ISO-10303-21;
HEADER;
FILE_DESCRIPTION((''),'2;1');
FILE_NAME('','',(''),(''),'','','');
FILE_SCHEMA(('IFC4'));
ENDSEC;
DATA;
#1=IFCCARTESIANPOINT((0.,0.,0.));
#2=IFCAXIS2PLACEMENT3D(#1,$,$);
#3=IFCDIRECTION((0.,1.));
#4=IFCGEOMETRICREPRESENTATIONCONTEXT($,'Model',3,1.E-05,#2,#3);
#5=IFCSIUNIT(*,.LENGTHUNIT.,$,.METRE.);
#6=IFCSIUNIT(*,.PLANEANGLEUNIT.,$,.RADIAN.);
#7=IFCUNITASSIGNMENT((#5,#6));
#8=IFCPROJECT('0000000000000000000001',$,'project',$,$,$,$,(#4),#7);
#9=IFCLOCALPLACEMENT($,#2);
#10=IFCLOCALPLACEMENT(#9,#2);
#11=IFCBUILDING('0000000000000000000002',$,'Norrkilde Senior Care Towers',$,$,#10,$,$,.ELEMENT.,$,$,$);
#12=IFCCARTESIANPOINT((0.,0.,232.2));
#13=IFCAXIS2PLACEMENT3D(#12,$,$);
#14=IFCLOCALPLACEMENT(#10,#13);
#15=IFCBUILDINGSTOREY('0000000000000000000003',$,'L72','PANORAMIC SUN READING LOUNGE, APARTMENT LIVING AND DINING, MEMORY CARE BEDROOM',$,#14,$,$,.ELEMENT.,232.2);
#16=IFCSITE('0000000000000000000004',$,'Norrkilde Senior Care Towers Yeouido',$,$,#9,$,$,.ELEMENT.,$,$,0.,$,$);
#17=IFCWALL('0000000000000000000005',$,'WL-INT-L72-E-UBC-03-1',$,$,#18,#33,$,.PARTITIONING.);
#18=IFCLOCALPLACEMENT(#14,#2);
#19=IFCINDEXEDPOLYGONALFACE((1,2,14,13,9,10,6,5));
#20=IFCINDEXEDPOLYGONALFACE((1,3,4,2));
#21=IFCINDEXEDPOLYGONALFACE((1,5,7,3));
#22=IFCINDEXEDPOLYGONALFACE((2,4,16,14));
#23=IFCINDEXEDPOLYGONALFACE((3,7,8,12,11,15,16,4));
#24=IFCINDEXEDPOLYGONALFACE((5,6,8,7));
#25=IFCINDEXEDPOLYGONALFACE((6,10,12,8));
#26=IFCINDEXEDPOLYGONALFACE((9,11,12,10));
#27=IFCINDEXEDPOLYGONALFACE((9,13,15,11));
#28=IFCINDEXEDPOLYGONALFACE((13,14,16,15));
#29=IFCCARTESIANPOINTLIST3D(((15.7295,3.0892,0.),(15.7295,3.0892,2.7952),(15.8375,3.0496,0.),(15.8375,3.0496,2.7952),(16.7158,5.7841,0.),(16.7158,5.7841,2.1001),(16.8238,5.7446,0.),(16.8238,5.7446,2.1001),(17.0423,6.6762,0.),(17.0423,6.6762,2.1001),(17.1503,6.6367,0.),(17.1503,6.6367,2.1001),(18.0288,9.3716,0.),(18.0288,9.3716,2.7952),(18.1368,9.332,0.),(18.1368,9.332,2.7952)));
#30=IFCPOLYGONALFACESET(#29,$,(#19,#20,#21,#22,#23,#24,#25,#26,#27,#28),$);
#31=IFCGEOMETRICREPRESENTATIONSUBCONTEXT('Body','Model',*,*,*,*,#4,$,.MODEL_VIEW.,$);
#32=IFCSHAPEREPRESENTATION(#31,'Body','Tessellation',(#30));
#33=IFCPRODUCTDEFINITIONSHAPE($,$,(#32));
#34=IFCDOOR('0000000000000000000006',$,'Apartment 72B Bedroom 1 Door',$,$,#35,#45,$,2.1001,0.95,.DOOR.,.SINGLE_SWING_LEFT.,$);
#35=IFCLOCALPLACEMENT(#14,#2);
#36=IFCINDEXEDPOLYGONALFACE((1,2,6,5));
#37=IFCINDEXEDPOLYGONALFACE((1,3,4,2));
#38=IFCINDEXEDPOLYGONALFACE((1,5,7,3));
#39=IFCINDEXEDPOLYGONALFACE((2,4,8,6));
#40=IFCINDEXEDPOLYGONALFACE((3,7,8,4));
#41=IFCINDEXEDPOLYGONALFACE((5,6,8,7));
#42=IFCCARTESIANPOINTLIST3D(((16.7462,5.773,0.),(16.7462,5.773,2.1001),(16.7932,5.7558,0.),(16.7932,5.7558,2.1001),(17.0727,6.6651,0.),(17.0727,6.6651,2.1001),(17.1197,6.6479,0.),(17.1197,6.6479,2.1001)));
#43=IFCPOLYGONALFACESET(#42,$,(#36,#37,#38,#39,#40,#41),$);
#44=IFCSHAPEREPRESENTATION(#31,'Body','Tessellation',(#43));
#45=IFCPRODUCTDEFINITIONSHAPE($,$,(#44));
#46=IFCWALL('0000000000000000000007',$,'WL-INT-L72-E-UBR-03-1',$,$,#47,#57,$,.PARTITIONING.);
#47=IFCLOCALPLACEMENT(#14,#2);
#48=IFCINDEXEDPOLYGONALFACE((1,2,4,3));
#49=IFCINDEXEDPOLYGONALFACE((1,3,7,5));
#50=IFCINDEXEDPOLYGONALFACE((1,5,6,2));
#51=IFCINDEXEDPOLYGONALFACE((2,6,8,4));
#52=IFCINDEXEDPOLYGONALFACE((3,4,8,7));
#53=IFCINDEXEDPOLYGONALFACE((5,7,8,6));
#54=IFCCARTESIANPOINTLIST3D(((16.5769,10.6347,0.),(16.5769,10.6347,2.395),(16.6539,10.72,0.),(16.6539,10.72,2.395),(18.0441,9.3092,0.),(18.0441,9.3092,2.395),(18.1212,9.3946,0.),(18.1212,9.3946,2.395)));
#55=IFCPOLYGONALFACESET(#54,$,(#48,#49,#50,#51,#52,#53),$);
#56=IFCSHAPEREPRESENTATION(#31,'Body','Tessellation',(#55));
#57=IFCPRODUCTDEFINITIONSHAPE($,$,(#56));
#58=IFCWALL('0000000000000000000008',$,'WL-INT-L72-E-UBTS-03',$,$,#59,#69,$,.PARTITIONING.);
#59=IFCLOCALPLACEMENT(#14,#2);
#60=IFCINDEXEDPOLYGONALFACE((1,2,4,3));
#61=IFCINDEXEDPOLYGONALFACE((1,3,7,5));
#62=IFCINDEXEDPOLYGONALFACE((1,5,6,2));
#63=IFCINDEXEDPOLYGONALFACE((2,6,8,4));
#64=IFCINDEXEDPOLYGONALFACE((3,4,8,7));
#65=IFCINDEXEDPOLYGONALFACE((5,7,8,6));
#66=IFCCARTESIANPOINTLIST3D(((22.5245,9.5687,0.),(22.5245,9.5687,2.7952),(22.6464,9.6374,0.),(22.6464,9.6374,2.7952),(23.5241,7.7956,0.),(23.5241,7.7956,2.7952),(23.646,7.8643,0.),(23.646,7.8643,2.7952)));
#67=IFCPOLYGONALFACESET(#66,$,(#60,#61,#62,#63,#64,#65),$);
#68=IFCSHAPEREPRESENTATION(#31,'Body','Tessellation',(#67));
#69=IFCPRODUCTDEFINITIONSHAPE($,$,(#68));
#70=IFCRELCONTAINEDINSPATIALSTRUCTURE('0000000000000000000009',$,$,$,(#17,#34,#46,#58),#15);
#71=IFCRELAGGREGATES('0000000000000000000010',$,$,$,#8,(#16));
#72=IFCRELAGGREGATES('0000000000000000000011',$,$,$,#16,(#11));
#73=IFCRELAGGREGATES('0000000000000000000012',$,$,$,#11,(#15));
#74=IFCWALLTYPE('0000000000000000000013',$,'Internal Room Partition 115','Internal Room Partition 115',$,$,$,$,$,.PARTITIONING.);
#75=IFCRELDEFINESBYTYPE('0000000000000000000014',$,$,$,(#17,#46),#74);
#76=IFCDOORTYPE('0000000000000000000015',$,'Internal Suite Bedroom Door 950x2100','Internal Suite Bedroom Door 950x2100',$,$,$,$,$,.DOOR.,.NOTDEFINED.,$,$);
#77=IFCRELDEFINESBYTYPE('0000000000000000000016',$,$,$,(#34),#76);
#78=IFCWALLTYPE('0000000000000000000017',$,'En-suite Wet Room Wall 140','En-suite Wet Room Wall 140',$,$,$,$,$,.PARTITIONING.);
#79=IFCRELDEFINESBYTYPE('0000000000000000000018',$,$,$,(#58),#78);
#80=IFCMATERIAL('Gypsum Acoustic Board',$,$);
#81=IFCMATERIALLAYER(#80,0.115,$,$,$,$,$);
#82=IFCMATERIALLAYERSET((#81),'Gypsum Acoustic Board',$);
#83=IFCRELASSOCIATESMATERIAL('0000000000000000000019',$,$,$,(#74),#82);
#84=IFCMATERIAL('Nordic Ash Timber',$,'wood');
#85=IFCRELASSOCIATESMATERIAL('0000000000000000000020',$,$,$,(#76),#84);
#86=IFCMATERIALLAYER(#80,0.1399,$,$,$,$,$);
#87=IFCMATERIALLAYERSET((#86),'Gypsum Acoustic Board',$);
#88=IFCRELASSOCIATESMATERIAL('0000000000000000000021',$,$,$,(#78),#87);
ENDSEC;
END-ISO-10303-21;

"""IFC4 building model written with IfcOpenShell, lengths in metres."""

from ifc_helpers import new_model, si_unit, direction, frame, frame_2d, origin, place, context, subcontext, project, spatial, rectangle, extrude, source, transform, mapped, material, layer, layer_set, type_object, type_shapes, element, fill, save


model = new_model("IFC4")

# Units and contexts
model_context = context("Model", 3, precision=1e-05, world=origin(), true_north=direction((0.0, 1.0)))
body_context = subcontext(model_context, "Body", "Model", "MODEL_VIEW")
ifc_project = project(units=[si_unit("LENGTHUNIT", "METRE"), si_unit("PLANEANGLEUNIT", "RADIAN")], contexts=[model_context])

# Site, building, storey
site_placement = place(None, origin())
site = spatial("IfcSite", under=ifc_project, at=site_placement, Name="Norrkilde Senior Care Towers Yeouido", CompositionType="ELEMENT", RefElevation=0.0)
building_placement = place(site_placement, origin())
building = spatial("IfcBuilding", under=site, at=building_placement, Name="Norrkilde Senior Care Towers", CompositionType="ELEMENT")
storey_placement = place(building_placement, frame((0.0, 0.0, 232.2)))
storey = spatial("IfcBuildingStorey", under=building, at=storey_placement, Name="L72", Description="PANORAMIC SUN READING LOUNGE, APARTMENT LIVING AND DINING, MEMORY CARE BEDROOM", CompositionType="ELEMENT", Elevation=232.2)

# Shared definitions
ifc_material_1 = material(Name="Gypsum Acoustic Board")

# Shared definitions
ifc_material_2 = material(Name="Nordic Ash Timber", Category="wood")

# Wall, opening, door
ifc_layer_1 = layer(ifc_material_1, 0.115)
ifc_layer_set_1 = layer_set([ifc_layer_1], Name="Gypsum Acoustic Board")
wall_type_1 = type_object("IfcWallType", Name="Internal Room Partition 115", Description="Internal Room Partition 115", PredefinedType="PARTITIONING", material=ifc_layer_set_1)
shared_shape_1 = source(origin(), body_context, "Body", "SweptSolid", [
    extrude(rectangle(XDim=6.6899, YDim=0.115, at=frame_2d((3.345, 0.0))), origin(), (0.0, 0.0, 1.0), 2.7952),
])
wall_1_placement = place(storey_placement, frame((18.0828, 9.3518, 0.0), z_axis=(0.0, 0.0, 1.0), x_axis=(-0.343694, -0.939082, 0.0)))
wall_1 = element("IfcWall", 1, at=wall_1_placement, inside=storey, type_object=wall_type_1, Name="WL-INT-L72-E-UBC-03-1", PredefinedType="PARTITIONING", context=body_context, shape_type="MappedRepresentation", body=[
    mapped(shared_shape_1, transform((0.0, 0.0, 0.0), x_axis=(1.0, 0.0, 0.0), y_axis=(0.0, 1.0, 0.0), z_axis=(0.0, 0.0, 1.0), scale=1.0)),
])
opening_1_placement = place(wall_1_placement, frame((2.8701, 0.0, 0.0)))
opening_1 = element("IfcOpeningElement", 2, at=opening_1_placement, cuts=wall_1, PredefinedType="OPENING", context=body_context, shape_type="SweptSolid", body=[
    extrude(rectangle(XDim=0.95, YDim=2.1001, at=frame_2d((0.4751, 1.05))), frame((0.0, 0.0674, 0.0), z_axis=(0.0, -1.0, 0.0), x_axis=(1.0, 0.0, 0.0)), (0.0, 0.0, 1.0), 0.135),
])
door_type_1 = type_object("IfcDoorType", Name="Internal Suite Bedroom Door 950x2100", Description="Internal Suite Bedroom Door 950x2100", OperationType="NOTDEFINED", PredefinedType="DOOR", material=ifc_material_2)
shared_shape_2 = source(origin(), body_context, "Body", "SweptSolid", [
    extrude(rectangle(XDim=0.95, YDim=2.1001, at=frame_2d((0.4751, 1.05))), frame((0.0, 0.0249, 0.0), z_axis=(0.0, -1.0, 0.0), x_axis=(1.0, 0.0, 0.0)), (0.0, 0.0, 1.0), 0.05),
])
type_shapes(door_type_1, [shared_shape_2])
door_1_placement = place(opening_1_placement, origin())
door_1 = element("IfcDoor", 3, at=door_1_placement, inside=storey, type_object=door_type_1, Name="Apartment 72B Bedroom 1 Door", OperationType="SINGLE_SWING_LEFT", OverallHeight=2.1001, OverallWidth=0.95, PredefinedType="DOOR", context=body_context, shape_type="MappedRepresentation", body=[
    mapped(shared_shape_2, transform((0.0, 0.0, 0.0), x_axis=(1.0, 0.0, 0.0), y_axis=(0.0, 1.0, 0.0), z_axis=(0.0, 0.0, 1.0), scale=1.0)),
])
fill(opening_1, door_1)

# Walls
shared_shape_3 = source(origin(), body_context, "Body", "SweptSolid", [
    extrude(rectangle(XDim=1.9773, YDim=0.115, at=frame_2d((0.9888, 0.0))), origin(), (0.0, 0.0, 1.0), 2.395),
])
type_shapes(wall_type_1, [shared_shape_1, shared_shape_3])
wall_2_placement = place(storey_placement, frame((18.0828, 9.3518, 0.0), z_axis=(0.0, 0.0, 1.0), x_axis=(-0.742065, 0.670328, 0.0)))
element("IfcWall", 4, at=wall_2_placement, inside=storey, type_object=wall_type_1, Name="WL-INT-L72-E-UBR-03-1", PredefinedType="PARTITIONING", context=body_context, shape_type="MappedRepresentation", body=[
    mapped(shared_shape_3, transform((0.0, 0.0, 0.0), x_axis=(1.0, 0.0, 0.0), y_axis=(0.0, 1.0, 0.0), z_axis=(0.0, 0.0, 1.0), scale=1.0)),
])
ifc_layer_2 = layer(ifc_material_1, 0.1399)
ifc_layer_set_2 = layer_set([ifc_layer_2], Name="Gypsum Acoustic Board")
wall_type_2 = type_object("IfcWallType", Name="En-suite Wet Room Wall 140", Description="En-suite Wet Room Wall 140", PredefinedType="PARTITIONING", material=ifc_layer_set_2)
shared_shape_4 = source(origin(), body_context, "Body", "SweptSolid", [
    extrude(rectangle(XDim=2.0354, YDim=0.1399, at=frame_2d((1.0176, 0.0))), origin(), (0.0, 0.0, 1.0), 2.7952),
])
type_shapes(wall_type_2, [shared_shape_4])
wall_3_placement = place(storey_placement, frame((23.585, 7.8301, 0.0), z_axis=(0.0, 0.0, 1.0), x_axis=(-0.491093, 0.871107, 0.0)))
element("IfcWall", 5, at=wall_3_placement, inside=storey, type_object=wall_type_2, Name="WL-INT-L72-E-UBTS-03", PredefinedType="PARTITIONING", context=body_context, shape_type="MappedRepresentation", body=[
    mapped(shared_shape_4, transform((0.0, 0.0, 0.0), x_axis=(1.0, 0.0, 0.0), y_axis=(0.0, 1.0, 0.0), z_axis=(0.0, 0.0, 1.0), scale=1.0)),
])

save(model, "model.ifc")
